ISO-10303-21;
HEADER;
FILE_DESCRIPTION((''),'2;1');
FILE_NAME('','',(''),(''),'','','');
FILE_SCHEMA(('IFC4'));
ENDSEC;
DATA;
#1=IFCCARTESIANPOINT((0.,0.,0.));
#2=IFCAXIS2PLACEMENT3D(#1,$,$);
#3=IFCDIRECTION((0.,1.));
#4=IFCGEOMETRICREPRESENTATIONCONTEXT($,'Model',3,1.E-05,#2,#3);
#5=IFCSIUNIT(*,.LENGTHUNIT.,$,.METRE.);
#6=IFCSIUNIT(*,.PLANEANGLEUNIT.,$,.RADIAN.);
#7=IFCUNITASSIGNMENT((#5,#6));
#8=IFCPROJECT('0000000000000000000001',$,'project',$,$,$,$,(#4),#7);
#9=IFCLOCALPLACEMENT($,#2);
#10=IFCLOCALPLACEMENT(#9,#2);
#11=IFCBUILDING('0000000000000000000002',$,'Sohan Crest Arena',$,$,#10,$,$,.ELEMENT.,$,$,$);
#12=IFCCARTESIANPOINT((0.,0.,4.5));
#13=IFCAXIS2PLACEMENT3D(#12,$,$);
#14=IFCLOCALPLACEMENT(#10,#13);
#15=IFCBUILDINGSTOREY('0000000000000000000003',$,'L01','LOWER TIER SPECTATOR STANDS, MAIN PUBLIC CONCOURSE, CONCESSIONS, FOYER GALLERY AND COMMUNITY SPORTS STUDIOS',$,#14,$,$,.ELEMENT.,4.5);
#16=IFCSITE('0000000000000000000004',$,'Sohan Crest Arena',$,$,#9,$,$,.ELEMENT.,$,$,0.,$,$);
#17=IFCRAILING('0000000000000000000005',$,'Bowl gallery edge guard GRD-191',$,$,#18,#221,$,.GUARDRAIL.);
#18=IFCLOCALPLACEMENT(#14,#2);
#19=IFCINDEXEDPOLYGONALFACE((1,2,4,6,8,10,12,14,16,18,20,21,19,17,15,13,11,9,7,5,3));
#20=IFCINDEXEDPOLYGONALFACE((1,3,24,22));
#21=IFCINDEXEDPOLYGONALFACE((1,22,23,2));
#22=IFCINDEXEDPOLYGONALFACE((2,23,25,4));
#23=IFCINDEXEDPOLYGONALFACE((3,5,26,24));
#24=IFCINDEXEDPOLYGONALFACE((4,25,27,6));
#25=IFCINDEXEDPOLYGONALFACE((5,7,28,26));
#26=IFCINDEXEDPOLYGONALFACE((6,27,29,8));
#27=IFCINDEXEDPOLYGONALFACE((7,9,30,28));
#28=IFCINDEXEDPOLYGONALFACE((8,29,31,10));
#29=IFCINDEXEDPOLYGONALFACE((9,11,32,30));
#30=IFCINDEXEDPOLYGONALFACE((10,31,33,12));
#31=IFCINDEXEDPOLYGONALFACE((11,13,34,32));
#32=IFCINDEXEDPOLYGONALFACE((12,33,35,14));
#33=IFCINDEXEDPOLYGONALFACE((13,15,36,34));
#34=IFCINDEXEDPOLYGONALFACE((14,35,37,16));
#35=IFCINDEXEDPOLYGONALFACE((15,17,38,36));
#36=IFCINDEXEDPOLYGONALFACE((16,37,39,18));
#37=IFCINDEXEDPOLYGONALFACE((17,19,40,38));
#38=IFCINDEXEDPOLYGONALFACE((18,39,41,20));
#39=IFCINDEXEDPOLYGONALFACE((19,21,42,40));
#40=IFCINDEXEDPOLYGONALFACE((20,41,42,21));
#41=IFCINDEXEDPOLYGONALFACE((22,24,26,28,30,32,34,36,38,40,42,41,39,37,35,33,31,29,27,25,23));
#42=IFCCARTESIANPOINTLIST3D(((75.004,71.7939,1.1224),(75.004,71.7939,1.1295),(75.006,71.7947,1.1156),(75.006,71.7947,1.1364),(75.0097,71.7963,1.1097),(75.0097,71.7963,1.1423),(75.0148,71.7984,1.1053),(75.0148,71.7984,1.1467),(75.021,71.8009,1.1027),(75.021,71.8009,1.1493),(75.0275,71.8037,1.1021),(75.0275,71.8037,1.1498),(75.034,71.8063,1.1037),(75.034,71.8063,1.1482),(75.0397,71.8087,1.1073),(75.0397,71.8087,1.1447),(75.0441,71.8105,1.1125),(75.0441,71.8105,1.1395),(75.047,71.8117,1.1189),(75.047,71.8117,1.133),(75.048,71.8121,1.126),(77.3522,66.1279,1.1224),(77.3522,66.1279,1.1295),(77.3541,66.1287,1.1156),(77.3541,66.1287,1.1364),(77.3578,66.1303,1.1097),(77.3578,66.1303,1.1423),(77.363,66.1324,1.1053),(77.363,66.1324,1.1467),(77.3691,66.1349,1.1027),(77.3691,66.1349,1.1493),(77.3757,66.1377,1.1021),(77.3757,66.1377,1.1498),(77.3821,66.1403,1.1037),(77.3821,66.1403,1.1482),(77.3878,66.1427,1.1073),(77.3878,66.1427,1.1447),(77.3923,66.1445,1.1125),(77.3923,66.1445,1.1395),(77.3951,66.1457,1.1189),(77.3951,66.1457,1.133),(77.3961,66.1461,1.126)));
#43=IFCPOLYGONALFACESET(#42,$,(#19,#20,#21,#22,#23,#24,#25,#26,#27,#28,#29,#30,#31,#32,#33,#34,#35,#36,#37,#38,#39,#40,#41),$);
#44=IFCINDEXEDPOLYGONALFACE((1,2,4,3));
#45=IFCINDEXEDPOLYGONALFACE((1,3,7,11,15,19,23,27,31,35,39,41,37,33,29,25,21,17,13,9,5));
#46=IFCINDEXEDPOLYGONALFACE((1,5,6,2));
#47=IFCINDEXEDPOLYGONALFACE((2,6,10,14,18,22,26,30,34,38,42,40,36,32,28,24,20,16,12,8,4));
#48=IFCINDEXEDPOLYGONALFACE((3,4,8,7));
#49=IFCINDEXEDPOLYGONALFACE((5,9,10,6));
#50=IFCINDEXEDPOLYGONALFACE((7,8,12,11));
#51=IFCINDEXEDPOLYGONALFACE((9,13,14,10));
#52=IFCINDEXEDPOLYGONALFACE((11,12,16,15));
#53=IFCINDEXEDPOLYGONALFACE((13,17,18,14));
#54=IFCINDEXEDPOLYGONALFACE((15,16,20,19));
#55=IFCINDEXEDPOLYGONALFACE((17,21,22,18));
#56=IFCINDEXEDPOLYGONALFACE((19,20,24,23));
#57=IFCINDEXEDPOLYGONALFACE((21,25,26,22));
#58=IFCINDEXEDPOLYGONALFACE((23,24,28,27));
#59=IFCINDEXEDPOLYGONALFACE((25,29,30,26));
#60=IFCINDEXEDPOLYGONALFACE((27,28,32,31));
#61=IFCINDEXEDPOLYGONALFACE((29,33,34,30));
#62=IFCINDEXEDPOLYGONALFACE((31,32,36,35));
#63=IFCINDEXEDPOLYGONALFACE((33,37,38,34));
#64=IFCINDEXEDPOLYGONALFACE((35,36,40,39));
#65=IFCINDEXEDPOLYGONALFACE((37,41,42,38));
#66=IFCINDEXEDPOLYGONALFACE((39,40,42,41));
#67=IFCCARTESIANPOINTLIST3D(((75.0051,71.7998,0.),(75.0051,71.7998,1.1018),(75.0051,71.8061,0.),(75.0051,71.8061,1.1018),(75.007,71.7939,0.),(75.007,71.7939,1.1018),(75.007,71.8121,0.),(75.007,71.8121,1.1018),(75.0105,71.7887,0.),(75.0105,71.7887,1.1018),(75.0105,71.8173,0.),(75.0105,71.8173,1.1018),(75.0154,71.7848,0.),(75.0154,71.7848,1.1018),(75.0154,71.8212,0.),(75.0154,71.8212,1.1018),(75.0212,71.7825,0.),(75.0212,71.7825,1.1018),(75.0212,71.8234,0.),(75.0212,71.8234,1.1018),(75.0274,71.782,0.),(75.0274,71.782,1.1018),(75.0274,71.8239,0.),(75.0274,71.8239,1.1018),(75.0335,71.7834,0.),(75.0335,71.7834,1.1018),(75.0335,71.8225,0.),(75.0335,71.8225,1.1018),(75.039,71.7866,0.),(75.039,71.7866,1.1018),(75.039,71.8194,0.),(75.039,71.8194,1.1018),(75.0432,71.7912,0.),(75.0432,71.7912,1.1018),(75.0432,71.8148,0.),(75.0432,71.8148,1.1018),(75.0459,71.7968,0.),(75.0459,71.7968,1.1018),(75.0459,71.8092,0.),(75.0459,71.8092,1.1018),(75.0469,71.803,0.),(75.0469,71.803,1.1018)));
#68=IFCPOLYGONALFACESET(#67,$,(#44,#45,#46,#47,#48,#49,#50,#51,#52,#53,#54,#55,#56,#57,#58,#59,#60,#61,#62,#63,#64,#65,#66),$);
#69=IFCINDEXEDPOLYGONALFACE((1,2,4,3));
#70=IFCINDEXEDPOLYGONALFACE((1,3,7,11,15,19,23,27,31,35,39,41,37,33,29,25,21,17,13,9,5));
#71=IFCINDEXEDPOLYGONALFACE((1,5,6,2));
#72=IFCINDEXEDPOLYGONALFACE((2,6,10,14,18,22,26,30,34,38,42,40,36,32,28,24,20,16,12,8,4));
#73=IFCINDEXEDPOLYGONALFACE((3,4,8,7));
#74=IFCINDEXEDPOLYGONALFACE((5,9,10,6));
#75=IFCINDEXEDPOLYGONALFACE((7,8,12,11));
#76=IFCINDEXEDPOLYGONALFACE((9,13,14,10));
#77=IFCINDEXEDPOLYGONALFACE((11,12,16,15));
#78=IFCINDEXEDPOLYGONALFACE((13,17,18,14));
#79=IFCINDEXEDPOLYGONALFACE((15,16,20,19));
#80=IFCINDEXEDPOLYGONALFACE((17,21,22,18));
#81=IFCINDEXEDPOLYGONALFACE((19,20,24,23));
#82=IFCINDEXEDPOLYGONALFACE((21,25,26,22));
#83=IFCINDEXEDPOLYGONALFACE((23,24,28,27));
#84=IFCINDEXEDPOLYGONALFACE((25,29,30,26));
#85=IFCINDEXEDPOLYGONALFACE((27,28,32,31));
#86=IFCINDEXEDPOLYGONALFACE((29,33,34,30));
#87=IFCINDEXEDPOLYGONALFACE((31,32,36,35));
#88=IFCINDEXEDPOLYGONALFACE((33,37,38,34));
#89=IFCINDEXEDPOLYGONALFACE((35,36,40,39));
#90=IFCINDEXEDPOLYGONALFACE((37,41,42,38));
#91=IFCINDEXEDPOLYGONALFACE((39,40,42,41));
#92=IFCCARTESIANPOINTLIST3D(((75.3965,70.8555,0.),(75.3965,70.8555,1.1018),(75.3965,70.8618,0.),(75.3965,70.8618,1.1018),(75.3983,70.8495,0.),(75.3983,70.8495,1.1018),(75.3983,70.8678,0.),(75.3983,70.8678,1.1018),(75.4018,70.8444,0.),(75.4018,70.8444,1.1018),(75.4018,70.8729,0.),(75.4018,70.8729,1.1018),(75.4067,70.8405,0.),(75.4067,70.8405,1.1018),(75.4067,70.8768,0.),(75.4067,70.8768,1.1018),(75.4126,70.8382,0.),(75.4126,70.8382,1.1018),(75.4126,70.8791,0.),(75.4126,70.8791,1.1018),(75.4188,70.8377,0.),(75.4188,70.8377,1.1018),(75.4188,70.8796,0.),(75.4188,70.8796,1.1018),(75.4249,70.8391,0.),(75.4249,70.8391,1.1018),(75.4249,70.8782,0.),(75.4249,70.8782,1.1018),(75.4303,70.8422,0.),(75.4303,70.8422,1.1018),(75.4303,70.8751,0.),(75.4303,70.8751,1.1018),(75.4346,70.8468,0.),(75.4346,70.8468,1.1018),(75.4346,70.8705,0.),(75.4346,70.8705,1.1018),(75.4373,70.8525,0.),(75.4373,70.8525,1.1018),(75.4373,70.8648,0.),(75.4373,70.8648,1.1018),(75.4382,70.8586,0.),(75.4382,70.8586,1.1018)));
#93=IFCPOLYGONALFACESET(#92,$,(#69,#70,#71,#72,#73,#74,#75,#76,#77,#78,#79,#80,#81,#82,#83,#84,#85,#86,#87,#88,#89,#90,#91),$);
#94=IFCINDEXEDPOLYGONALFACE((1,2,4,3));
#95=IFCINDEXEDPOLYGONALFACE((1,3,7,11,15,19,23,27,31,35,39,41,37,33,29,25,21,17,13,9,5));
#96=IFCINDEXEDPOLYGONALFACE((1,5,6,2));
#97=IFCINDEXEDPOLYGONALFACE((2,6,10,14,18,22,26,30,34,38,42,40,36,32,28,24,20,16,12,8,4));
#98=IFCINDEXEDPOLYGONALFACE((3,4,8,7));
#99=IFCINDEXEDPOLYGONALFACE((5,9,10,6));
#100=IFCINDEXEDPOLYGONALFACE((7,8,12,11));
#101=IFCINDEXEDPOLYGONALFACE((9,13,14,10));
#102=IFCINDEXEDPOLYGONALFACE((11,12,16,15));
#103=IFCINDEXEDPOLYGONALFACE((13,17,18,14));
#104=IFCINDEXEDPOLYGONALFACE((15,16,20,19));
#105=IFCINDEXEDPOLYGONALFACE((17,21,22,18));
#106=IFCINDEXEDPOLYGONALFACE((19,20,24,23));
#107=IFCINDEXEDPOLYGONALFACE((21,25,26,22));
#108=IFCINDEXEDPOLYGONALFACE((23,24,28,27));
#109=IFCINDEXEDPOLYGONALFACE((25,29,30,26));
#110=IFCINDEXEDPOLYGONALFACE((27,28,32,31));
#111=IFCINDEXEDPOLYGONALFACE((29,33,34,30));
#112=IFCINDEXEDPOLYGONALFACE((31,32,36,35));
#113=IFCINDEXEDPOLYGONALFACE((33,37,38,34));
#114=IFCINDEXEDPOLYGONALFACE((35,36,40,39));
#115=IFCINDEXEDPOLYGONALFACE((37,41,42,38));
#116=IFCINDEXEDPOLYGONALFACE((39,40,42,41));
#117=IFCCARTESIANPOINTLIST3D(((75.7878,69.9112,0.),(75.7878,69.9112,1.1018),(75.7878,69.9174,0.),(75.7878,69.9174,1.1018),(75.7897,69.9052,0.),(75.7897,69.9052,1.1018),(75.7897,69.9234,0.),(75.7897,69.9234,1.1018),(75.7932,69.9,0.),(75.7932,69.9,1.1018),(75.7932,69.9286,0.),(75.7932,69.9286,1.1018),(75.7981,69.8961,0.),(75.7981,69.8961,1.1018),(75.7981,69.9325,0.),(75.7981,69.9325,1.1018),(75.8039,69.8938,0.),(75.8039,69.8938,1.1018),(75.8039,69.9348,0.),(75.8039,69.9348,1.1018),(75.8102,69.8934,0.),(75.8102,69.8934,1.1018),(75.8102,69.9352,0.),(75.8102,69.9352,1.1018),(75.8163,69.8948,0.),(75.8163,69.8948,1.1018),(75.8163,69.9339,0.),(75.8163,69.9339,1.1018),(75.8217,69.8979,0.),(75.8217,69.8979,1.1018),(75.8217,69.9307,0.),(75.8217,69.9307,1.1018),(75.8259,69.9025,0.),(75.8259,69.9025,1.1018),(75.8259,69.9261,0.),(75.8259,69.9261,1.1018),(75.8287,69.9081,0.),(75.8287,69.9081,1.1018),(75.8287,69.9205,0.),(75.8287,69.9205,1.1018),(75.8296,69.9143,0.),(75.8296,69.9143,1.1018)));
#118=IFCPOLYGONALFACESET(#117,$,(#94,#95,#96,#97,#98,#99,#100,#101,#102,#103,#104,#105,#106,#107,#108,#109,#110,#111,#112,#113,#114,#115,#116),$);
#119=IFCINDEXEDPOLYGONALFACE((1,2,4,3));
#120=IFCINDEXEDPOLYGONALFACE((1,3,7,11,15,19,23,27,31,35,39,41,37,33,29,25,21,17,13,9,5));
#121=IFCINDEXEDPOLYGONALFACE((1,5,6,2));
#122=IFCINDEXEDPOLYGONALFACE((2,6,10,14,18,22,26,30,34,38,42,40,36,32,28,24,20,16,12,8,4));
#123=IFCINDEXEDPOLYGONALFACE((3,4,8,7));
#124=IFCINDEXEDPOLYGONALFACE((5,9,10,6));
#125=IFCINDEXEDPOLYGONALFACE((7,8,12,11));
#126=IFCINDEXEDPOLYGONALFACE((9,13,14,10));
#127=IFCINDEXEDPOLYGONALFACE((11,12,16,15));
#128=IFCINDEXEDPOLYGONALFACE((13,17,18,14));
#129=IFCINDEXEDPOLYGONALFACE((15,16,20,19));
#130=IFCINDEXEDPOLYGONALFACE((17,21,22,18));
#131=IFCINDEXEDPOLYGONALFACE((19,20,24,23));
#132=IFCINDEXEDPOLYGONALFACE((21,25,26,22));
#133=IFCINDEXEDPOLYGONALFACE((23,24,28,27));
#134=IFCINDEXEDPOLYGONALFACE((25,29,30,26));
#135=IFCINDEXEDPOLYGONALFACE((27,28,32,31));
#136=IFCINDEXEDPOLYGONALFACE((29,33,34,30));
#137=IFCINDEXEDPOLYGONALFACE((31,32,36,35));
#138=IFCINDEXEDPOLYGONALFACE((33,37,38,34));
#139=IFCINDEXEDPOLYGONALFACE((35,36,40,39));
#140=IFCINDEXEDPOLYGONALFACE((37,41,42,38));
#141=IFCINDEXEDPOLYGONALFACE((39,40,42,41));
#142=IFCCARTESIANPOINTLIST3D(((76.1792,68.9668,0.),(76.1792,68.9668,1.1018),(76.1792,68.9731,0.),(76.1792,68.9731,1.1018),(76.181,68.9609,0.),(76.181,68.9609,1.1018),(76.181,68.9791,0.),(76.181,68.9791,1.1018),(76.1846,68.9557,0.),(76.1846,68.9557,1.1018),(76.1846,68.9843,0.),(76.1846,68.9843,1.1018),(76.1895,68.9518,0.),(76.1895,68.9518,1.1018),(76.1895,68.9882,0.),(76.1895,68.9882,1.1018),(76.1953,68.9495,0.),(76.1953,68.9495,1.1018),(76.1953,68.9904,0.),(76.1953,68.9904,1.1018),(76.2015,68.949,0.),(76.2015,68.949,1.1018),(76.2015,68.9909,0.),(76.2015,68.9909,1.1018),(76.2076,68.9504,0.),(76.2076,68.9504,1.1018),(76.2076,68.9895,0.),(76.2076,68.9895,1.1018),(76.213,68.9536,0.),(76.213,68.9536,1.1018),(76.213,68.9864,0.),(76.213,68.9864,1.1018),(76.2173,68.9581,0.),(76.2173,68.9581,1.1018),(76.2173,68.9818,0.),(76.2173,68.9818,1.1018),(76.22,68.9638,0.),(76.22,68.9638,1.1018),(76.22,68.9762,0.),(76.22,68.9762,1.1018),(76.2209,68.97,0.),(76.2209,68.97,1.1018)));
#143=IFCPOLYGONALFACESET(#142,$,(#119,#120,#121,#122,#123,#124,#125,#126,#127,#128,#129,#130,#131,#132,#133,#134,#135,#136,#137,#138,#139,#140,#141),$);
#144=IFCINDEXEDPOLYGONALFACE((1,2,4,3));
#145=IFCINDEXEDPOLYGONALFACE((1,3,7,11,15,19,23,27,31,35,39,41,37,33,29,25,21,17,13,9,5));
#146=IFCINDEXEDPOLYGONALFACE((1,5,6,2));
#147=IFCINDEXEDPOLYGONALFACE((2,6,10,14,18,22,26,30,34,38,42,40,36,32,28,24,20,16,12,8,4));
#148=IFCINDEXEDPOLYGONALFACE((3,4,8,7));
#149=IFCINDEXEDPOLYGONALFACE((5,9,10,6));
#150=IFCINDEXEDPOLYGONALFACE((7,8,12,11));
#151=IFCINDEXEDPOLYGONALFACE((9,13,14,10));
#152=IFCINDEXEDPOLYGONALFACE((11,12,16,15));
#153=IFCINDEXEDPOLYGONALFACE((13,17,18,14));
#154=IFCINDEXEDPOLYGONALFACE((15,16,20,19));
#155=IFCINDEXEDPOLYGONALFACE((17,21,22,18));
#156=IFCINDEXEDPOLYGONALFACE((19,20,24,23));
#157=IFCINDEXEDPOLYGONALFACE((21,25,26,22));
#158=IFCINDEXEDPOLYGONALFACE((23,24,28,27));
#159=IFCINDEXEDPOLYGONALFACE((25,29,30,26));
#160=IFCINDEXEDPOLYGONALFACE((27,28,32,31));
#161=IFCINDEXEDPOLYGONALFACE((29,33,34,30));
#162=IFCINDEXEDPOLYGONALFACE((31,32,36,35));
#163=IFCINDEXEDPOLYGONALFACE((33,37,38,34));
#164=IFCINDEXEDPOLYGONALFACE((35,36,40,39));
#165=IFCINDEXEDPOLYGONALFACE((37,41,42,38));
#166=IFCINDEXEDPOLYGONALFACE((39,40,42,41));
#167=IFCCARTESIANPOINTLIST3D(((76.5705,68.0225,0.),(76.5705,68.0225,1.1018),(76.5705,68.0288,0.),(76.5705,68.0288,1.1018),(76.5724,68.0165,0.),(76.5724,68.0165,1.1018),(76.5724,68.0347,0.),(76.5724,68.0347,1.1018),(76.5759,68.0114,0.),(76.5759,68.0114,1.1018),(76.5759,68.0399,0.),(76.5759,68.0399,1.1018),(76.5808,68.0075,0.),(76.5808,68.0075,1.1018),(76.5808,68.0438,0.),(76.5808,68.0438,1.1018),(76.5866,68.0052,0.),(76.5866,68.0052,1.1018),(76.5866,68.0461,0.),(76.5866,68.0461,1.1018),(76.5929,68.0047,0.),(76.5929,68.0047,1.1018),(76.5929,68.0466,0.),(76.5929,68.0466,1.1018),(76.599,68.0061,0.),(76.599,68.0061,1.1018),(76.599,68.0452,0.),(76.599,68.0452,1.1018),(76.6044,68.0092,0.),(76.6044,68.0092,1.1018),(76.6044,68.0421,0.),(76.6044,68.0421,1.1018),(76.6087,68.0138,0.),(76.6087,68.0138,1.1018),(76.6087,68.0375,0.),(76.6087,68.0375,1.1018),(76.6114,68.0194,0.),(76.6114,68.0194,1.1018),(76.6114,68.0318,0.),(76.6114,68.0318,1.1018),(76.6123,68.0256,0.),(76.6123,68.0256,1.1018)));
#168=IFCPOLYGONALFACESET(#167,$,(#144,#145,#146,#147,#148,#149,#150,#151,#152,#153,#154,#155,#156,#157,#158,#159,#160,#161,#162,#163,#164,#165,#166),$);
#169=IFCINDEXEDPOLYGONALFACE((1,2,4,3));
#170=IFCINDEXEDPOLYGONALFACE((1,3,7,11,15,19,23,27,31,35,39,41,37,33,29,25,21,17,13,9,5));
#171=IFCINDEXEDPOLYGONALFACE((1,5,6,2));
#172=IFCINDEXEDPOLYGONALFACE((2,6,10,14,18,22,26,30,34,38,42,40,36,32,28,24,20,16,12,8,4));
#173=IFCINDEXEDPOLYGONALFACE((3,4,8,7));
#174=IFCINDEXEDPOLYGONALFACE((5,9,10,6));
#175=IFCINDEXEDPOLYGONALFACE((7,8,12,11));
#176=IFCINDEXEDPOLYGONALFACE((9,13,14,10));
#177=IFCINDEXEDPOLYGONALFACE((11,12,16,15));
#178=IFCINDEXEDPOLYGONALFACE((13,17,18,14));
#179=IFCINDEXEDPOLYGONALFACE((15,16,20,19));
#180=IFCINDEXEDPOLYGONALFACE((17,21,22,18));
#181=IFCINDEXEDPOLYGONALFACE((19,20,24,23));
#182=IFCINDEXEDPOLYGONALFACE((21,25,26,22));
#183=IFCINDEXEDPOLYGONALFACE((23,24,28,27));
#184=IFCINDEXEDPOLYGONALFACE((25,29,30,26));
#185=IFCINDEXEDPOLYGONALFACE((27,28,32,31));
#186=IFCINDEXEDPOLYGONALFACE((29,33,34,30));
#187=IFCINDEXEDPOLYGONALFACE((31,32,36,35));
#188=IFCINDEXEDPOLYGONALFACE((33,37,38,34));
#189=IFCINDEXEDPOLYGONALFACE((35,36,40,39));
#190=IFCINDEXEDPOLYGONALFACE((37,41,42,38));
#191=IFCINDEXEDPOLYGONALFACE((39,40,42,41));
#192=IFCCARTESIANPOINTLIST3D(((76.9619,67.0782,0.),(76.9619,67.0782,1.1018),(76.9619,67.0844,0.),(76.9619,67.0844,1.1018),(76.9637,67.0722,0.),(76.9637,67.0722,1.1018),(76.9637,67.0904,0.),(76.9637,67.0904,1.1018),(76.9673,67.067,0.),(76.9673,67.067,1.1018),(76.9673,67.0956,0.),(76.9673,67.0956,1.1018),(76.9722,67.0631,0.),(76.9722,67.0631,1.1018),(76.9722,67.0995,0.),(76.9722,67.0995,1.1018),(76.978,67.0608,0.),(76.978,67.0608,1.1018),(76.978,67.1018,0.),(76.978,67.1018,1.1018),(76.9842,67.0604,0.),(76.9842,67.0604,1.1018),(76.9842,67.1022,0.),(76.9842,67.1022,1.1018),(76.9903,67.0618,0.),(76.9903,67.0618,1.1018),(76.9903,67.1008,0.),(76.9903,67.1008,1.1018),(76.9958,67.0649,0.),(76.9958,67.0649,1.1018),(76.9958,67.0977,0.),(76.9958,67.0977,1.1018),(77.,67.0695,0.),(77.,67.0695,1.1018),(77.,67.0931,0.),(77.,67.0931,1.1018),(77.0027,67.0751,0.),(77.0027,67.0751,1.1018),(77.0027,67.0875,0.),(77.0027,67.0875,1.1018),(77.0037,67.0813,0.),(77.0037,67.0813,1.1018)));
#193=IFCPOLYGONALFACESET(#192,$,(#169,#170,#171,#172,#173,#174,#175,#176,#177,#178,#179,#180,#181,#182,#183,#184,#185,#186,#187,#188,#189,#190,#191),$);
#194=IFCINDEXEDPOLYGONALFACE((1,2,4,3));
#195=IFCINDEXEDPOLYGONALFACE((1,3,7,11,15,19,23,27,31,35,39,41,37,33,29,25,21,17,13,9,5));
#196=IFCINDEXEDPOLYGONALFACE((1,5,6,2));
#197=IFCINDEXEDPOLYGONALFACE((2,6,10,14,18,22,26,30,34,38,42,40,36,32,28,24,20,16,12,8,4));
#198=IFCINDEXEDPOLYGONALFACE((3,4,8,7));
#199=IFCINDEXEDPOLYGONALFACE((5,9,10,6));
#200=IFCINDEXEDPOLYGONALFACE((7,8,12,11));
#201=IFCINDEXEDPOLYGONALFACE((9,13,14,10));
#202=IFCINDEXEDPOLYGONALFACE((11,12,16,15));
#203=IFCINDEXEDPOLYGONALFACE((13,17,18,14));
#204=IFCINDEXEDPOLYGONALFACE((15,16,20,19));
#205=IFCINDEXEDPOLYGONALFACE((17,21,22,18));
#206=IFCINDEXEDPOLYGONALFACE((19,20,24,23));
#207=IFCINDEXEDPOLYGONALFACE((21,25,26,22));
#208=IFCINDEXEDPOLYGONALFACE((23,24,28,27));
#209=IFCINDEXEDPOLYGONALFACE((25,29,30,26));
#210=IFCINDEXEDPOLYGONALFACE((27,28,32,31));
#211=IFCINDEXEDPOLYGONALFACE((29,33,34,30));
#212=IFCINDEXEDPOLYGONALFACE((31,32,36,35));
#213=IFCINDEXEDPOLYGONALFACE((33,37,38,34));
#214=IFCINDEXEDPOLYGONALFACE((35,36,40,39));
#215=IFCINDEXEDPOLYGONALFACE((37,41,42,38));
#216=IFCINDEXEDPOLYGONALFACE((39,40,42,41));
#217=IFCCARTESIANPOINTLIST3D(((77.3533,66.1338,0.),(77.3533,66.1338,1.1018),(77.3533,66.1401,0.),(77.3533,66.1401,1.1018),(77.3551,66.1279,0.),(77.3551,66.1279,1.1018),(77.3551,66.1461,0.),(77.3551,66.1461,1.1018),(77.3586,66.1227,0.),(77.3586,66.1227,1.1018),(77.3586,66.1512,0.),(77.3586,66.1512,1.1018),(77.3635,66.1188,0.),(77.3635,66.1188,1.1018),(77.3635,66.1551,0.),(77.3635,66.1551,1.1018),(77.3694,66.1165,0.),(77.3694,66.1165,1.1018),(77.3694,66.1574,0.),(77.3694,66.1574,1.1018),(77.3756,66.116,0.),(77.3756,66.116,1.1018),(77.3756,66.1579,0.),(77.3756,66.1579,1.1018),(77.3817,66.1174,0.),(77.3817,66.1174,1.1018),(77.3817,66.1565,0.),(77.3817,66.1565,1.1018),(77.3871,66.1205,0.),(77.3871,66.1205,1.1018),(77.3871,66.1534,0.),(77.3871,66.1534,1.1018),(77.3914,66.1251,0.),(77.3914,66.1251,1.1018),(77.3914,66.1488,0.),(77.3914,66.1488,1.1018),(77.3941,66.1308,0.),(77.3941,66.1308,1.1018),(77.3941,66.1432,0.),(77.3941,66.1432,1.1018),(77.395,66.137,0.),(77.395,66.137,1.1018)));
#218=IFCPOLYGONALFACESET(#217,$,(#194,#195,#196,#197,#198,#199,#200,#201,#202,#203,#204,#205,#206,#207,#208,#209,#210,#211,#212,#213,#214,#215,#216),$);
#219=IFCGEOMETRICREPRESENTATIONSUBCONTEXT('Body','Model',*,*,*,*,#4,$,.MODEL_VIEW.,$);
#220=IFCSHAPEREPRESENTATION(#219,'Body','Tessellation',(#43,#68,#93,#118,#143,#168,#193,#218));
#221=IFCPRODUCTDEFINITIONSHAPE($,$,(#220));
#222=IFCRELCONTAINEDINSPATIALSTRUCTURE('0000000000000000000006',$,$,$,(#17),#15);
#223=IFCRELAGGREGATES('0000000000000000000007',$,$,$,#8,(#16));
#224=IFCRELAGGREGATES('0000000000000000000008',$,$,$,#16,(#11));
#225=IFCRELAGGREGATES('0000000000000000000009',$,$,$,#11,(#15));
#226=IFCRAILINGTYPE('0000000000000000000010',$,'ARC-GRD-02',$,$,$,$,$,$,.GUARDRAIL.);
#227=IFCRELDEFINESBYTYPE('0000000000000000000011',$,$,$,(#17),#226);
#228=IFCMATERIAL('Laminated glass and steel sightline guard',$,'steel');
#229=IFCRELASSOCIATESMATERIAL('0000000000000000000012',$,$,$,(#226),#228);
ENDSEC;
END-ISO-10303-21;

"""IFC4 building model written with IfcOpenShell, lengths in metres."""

from ifc_helpers import new_model, si_unit, direction, frame, origin, origin_2d, place, context, subcontext, project, spatial, circle, extrude, material, type_object, element, save


model = new_model("IFC4")

# Units and contexts
model_context = context("Model", 3, precision=1e-05, world=origin(), true_north=direction((0.0, 1.0)))
body_context = subcontext(model_context, "Body", "Model", "MODEL_VIEW")
ifc_project = project(units=[si_unit("LENGTHUNIT", "METRE"), si_unit("PLANEANGLEUNIT", "RADIAN")], contexts=[model_context])

# Site, building, storey
site_placement = place(None, origin())
site = spatial("IfcSite", under=ifc_project, at=site_placement, Name="Sohan Crest Arena", CompositionType="ELEMENT", RefElevation=0.0)
building_placement = place(site_placement, origin())
building = spatial("IfcBuilding", under=site, at=building_placement, Name="Sohan Crest Arena", CompositionType="ELEMENT")
storey_placement = place(building_placement, frame((0.0, 0.0, 4.5)))
storey = spatial("IfcBuildingStorey", under=building, at=storey_placement, Name="L01", Description="LOWER TIER SPECTATOR STANDS, MAIN PUBLIC CONCOURSE, CONCESSIONS, FOYER GALLERY AND COMMUNITY SPORTS STUDIOS", CompositionType="ELEMENT", Elevation=4.5)

# Railing
ifc_material_1 = material(Name="Laminated glass and steel sightline guard", Category="steel")
railing_type = type_object("IfcRailingType", Name="ARC-GRD-02", PredefinedType="GUARDRAIL", material=ifc_material_1)
railing_1_placement = place(storey_placement, frame((75.0259, 71.803, 0.0)))
element("IfcRailing", 1, at=railing_1_placement, inside=storey, type_object=railing_type, Name="Bowl gallery edge guard GRD-191", PredefinedType="GUARDRAIL", context=body_context, shape_type="SweptSolid", body=[
    extrude(circle(Radius=0.0239, at=origin_2d()), frame((0.0, 0.0, 1.126), z_axis=(0.382851, -0.92381, 0.0), x_axis=(0.92381, 0.382851, 0.0)), (0.0, 0.0, 1.0), 6.1333),
    extrude(circle(Radius=0.021, at=origin_2d()), origin(), (0.0, 0.0, 1.0), 1.1018),
    extrude(circle(Radius=0.021, at=origin_2d()), frame((0.3914, -0.9443, 0.0)), (0.0, 0.0, 1.0), 1.1018),
    extrude(circle(Radius=0.021, at=origin_2d()), frame((0.7827, -1.8887, 0.0)), (0.0, 0.0, 1.0), 1.1018),
    extrude(circle(Radius=0.021, at=origin_2d()), frame((1.1741, -2.833, 0.0)), (0.0, 0.0, 1.0), 1.1018),
    extrude(circle(Radius=0.021, at=origin_2d()), frame((1.5654, -3.7773, 0.0)), (0.0, 0.0, 1.0), 1.1018),
    extrude(circle(Radius=0.021, at=origin_2d()), frame((1.9568, -4.7217, 0.0)), (0.0, 0.0, 1.0), 1.1018),
    extrude(circle(Radius=0.021, at=origin_2d()), frame((2.3481, -5.666, 0.0)), (0.0, 0.0, 1.0), 1.1018),
])

save(model, "model.ifc")
